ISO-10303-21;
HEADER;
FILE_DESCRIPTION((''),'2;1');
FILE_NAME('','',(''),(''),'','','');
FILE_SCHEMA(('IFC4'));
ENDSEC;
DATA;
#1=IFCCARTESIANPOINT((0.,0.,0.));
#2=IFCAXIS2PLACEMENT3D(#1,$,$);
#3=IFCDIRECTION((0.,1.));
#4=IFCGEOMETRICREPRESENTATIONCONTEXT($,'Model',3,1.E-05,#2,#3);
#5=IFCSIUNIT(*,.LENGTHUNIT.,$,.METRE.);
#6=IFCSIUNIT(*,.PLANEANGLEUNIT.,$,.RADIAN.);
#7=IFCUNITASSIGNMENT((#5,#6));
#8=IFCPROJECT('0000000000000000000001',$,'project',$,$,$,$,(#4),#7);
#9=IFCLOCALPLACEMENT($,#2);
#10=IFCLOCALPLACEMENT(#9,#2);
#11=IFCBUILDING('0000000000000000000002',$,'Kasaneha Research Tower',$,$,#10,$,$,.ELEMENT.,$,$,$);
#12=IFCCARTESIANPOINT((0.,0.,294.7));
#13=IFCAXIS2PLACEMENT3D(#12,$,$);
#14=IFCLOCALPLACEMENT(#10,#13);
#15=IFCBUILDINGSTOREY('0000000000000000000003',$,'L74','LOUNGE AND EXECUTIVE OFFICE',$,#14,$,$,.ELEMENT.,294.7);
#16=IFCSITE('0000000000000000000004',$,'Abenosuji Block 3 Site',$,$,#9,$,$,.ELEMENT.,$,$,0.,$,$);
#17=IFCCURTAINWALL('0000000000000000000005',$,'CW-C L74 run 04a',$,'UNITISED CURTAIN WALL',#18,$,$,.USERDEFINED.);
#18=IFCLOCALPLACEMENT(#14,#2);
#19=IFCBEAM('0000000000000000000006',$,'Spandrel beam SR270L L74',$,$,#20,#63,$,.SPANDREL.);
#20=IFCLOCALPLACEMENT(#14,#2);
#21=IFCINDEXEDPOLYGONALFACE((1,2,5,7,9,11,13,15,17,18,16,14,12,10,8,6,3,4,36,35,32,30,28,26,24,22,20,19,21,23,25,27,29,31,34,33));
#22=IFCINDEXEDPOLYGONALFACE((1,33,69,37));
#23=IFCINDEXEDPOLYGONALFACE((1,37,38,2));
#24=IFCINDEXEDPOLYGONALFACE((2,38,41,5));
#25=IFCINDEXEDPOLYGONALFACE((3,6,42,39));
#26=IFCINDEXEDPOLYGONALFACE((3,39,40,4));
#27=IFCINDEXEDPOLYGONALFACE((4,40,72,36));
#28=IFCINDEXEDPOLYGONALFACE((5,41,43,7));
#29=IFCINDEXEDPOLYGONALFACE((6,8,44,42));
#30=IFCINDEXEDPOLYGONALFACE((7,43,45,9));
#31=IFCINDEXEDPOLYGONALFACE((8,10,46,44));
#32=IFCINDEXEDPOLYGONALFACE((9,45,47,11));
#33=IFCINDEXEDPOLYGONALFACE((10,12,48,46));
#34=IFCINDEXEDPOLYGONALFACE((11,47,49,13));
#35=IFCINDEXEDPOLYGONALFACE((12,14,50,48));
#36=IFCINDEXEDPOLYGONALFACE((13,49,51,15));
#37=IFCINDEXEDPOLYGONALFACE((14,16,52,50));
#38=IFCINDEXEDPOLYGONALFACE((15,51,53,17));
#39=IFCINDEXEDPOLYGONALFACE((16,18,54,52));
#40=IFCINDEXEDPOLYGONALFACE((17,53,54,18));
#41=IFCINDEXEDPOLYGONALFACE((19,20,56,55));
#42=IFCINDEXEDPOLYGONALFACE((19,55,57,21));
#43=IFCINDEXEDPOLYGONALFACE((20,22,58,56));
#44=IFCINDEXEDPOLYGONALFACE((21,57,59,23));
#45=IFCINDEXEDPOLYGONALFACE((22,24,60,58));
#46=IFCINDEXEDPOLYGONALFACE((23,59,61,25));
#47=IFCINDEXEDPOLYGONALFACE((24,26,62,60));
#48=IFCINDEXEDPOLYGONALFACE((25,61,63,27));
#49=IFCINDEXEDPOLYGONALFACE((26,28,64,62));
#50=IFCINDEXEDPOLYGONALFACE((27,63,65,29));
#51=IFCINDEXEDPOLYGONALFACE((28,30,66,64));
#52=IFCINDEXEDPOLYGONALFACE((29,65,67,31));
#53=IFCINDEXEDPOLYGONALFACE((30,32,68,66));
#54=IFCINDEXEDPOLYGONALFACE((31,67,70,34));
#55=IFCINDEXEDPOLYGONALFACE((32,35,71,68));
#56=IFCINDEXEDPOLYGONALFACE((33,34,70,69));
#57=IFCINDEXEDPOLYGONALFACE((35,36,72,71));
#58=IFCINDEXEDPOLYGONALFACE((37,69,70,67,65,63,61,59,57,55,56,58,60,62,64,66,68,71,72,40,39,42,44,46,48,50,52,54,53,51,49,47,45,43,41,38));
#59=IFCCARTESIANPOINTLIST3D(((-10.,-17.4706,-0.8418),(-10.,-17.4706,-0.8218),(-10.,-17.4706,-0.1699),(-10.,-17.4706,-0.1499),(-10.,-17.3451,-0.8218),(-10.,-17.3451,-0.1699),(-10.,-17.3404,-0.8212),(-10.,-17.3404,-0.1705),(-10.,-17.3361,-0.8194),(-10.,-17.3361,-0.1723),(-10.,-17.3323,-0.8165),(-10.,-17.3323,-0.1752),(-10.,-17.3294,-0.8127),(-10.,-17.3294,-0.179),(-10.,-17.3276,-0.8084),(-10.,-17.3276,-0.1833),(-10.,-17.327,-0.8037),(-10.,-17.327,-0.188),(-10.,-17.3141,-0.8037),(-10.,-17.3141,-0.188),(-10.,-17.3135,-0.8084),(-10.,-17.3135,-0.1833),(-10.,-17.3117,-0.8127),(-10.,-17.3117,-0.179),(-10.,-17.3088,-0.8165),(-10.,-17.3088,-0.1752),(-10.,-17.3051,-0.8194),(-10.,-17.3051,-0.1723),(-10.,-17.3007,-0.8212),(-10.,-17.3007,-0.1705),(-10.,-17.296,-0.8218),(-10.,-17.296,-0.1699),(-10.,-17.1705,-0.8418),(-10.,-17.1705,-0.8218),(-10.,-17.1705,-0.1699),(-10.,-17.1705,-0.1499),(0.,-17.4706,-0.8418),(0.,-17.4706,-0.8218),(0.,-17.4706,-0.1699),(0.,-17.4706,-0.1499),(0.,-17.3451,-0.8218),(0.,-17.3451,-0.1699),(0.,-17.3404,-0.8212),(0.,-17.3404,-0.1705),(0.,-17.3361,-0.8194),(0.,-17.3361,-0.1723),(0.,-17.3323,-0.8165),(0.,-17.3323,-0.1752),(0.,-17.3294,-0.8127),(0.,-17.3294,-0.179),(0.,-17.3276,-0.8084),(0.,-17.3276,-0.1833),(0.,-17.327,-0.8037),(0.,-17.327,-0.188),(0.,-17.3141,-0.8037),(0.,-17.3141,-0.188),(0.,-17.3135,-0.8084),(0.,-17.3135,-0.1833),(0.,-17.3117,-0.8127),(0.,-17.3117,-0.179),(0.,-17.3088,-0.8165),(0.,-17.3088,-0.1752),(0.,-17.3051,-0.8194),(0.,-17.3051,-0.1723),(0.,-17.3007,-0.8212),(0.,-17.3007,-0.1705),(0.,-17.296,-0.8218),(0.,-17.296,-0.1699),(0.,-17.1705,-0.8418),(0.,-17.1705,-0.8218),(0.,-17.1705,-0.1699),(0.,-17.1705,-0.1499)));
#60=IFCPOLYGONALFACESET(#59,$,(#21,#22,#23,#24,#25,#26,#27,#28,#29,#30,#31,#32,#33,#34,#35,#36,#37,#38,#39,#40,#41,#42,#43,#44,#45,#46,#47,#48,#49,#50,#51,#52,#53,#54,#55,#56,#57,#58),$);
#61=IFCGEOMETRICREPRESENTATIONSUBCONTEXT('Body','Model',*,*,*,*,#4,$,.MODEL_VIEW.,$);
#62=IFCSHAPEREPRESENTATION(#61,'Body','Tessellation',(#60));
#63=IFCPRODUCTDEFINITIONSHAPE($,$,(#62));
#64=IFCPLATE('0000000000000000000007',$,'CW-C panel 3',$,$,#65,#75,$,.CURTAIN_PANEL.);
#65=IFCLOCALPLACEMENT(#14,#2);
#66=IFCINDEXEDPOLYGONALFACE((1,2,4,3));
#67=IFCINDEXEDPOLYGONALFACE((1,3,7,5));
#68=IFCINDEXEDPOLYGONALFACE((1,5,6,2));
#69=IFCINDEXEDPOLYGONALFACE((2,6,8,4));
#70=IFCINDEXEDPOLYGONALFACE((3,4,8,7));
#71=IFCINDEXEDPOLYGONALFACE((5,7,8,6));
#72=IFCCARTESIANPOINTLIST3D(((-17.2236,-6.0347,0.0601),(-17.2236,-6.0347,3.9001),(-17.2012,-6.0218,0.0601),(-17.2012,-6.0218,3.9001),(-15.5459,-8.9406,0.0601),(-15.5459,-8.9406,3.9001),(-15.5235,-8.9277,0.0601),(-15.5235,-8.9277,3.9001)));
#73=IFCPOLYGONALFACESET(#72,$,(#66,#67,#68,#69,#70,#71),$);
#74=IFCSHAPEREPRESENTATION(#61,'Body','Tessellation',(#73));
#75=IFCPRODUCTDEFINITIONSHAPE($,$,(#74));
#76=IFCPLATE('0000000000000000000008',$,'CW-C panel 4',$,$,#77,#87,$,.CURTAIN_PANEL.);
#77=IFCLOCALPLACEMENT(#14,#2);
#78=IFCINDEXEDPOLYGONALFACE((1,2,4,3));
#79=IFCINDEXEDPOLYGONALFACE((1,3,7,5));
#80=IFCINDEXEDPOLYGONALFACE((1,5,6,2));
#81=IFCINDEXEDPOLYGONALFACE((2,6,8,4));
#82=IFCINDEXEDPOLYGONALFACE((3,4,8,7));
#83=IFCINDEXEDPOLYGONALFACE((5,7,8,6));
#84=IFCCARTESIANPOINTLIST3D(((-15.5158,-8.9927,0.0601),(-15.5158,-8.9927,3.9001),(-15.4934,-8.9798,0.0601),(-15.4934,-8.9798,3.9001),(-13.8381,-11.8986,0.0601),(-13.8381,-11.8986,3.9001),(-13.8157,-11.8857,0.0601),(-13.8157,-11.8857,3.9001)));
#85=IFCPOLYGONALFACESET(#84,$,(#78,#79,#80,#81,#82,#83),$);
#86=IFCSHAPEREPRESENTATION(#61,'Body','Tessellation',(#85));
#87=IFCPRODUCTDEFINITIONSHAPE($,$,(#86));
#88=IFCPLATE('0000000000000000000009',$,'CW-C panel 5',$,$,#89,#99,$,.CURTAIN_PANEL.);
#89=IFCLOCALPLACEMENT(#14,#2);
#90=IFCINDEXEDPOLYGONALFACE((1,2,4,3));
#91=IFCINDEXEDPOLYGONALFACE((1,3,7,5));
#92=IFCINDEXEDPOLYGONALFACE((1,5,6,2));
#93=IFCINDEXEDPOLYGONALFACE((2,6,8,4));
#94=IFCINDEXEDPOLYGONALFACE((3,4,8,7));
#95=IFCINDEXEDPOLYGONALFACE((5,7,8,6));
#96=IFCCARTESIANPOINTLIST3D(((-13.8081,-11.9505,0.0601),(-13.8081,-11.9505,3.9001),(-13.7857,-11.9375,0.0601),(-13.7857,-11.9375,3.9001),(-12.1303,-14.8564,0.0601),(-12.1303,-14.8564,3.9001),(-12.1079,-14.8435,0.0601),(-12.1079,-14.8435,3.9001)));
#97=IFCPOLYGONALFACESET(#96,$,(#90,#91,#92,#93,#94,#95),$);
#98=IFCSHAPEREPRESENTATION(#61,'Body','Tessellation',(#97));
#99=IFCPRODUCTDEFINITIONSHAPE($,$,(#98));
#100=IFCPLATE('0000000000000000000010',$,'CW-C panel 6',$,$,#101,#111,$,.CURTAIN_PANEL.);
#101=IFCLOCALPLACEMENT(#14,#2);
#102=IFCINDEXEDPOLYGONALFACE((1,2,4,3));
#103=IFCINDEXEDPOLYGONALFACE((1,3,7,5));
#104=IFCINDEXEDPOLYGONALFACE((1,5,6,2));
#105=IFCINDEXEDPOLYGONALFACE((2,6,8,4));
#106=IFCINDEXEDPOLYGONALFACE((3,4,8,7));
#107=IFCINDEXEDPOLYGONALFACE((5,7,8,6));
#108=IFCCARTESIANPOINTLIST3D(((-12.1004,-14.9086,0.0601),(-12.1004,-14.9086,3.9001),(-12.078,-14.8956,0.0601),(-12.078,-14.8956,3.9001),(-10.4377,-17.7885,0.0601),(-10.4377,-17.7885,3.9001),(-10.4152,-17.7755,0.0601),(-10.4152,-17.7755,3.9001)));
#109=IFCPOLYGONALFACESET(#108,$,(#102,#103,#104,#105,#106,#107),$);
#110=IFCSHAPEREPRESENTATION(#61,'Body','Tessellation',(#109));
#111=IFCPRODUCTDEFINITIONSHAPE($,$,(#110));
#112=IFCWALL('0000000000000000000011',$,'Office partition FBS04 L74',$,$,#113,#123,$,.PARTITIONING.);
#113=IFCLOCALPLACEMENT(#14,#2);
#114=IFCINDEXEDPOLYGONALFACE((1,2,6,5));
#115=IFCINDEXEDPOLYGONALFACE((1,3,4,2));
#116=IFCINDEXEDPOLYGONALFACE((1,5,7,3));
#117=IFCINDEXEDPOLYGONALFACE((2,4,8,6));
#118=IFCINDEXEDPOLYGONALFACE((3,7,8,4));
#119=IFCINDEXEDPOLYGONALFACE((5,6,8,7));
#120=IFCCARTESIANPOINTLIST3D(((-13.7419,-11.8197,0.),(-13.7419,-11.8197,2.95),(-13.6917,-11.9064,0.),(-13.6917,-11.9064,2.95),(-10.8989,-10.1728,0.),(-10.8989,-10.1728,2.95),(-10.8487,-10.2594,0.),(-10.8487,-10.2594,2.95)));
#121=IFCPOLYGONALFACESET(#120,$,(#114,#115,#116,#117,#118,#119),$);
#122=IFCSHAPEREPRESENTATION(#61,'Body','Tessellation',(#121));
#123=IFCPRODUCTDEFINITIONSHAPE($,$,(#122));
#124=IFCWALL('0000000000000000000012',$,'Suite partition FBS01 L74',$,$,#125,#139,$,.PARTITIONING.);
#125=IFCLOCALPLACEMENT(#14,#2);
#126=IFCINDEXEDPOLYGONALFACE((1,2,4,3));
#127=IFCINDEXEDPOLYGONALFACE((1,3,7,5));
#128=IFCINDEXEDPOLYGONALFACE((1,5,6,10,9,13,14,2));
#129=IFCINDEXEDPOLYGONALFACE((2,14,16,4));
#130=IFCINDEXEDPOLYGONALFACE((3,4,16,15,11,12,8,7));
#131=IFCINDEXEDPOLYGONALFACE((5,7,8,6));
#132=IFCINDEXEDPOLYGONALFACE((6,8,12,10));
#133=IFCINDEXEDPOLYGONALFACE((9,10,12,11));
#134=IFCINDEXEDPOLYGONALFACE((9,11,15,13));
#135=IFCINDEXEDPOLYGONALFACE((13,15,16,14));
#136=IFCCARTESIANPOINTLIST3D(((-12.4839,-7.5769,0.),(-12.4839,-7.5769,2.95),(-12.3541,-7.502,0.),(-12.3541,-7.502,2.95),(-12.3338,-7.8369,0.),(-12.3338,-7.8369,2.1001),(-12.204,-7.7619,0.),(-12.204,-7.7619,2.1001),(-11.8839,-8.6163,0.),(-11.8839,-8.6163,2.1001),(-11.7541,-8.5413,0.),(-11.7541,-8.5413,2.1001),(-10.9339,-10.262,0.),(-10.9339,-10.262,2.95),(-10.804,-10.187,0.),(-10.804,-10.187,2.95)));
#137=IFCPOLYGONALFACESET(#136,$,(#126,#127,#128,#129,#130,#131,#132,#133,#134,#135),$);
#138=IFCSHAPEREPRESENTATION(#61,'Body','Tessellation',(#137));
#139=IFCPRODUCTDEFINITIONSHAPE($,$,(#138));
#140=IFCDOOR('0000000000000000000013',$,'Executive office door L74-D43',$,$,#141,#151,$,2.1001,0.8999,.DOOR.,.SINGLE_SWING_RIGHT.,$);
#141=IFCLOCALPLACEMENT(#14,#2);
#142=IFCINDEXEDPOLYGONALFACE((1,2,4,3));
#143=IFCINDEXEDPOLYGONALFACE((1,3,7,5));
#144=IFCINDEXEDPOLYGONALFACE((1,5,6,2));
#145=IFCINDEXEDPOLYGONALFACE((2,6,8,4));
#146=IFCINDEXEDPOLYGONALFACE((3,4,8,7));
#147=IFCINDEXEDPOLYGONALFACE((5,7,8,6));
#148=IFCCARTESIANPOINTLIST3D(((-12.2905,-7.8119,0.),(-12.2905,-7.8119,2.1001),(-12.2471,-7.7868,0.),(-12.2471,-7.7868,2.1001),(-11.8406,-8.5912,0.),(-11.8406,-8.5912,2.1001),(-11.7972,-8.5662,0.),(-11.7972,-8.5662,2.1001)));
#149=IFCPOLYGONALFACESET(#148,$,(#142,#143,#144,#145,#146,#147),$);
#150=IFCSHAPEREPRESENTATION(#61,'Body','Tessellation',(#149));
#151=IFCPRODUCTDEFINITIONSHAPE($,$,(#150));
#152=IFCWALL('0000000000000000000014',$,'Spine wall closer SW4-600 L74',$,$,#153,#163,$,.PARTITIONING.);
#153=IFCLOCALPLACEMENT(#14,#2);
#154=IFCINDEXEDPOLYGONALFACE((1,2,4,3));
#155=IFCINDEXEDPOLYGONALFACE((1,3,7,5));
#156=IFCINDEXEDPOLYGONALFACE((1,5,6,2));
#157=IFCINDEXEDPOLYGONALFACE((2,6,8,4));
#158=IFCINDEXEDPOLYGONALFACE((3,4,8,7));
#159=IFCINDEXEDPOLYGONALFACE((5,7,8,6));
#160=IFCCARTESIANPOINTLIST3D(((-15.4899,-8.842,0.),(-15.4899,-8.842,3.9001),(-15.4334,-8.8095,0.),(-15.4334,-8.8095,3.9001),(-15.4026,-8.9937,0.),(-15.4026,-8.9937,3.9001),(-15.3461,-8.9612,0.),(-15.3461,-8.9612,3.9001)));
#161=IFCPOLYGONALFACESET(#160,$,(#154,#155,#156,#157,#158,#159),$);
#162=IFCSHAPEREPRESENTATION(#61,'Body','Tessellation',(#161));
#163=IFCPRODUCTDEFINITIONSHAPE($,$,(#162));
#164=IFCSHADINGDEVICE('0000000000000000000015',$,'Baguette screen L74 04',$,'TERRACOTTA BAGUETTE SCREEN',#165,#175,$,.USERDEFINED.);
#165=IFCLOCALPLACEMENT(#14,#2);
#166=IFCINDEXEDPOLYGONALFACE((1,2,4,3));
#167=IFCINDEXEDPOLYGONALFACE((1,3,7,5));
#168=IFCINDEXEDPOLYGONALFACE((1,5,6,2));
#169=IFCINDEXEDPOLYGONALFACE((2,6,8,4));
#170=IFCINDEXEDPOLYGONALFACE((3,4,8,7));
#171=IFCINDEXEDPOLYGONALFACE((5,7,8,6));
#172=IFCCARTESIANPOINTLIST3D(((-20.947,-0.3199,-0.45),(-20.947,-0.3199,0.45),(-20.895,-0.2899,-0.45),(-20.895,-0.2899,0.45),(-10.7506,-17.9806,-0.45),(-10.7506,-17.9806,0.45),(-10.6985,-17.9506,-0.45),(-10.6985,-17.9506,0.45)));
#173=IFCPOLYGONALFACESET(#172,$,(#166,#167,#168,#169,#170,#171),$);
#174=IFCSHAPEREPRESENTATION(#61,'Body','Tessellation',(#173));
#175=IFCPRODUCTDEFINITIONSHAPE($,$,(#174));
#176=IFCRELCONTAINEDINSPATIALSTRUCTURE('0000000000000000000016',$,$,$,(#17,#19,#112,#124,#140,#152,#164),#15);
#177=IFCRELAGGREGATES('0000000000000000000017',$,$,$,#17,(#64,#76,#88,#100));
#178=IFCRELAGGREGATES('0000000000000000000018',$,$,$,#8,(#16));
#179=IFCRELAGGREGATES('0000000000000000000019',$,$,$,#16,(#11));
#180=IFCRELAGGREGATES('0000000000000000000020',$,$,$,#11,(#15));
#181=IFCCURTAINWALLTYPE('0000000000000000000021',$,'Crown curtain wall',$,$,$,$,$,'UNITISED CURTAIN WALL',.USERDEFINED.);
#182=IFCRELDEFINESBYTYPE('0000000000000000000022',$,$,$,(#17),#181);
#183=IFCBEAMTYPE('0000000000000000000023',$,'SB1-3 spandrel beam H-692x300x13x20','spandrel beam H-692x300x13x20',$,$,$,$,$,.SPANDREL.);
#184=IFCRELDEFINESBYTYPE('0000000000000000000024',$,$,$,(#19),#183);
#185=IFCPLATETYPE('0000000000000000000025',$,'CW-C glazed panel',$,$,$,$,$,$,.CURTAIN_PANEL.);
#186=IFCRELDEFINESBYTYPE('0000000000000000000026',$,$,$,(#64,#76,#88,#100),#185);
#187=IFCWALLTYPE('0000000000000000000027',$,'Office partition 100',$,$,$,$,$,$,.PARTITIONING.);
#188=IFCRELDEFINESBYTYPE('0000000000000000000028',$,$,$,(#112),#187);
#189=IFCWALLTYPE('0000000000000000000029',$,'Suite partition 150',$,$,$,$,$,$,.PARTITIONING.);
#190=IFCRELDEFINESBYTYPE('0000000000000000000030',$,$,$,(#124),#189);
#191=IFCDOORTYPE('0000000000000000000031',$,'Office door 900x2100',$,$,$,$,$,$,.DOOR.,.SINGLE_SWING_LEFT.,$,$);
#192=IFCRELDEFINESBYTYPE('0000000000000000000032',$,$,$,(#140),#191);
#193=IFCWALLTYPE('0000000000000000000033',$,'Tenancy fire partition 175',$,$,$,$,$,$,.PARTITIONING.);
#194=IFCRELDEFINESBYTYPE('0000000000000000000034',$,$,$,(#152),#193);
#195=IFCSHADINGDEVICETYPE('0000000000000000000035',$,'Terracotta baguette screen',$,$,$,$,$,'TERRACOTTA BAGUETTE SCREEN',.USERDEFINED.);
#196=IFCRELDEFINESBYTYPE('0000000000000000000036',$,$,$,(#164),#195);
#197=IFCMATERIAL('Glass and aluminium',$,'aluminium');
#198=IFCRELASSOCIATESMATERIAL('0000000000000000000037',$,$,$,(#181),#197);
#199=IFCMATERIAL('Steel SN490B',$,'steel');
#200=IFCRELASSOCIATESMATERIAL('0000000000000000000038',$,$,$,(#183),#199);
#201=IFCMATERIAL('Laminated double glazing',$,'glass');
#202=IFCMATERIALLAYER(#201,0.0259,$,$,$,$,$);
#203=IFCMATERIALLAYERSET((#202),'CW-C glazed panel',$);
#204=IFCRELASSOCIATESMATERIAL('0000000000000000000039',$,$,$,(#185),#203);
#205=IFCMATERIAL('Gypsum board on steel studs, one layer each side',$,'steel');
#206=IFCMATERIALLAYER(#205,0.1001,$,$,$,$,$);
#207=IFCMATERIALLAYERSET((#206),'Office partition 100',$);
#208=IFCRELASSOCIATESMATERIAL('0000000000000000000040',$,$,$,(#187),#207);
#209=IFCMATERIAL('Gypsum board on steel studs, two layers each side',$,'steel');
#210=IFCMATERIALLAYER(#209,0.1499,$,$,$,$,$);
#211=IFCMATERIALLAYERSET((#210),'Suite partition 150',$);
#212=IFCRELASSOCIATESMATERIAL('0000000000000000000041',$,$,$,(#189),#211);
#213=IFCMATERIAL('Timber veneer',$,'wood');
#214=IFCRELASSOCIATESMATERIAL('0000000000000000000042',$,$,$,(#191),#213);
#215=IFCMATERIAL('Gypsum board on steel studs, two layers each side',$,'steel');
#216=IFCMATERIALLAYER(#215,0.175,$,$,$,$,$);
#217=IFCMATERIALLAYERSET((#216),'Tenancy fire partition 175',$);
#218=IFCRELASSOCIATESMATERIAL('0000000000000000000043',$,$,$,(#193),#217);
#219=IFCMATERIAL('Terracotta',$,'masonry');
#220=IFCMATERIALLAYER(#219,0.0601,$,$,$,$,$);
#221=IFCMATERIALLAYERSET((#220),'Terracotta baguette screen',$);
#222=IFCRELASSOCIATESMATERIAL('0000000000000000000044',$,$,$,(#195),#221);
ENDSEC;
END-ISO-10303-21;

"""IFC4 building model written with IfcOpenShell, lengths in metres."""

from ifc_helpers import new_model, si_unit, direction, frame, frame_2d, origin, origin_2d, place, context, subcontext, project, spatial, rectangle, i_section, extrude, material, layer, layer_set, material_profile, profile_set, type_object, element, fill, aggregate, save


model = new_model("IFC4")

# Units and contexts
model_context = context("Model", 3, precision=1e-05, world=origin(), true_north=direction((0.0, 1.0)))
body_context = subcontext(model_context, "Body", "Model", "MODEL_VIEW")
ifc_project = project(units=[si_unit("LENGTHUNIT", "METRE"), si_unit("PLANEANGLEUNIT", "RADIAN")], contexts=[model_context])

# Site, building, storey
site_placement = place(None, origin())
site = spatial("IfcSite", under=ifc_project, at=site_placement, Name="Abenosuji Block 3 Site", CompositionType="ELEMENT", RefElevation=0.0)
building_placement = place(site_placement, origin())
building = spatial("IfcBuilding", under=site, at=building_placement, Name="Kasaneha Research Tower", CompositionType="ELEMENT")
storey_placement = place(building_placement, frame((0.0, 0.0, 294.7)))
storey = spatial("IfcBuildingStorey", under=building, at=storey_placement, Name="L74", Description="LOUNGE AND EXECUTIVE OFFICE", CompositionType="ELEMENT", Elevation=294.7)

# Curtain wall
ifc_material_1 = material(Name="Glass and aluminium", Category="aluminium")
curtain_wall_type = type_object("IfcCurtainWallType", Name="Crown curtain wall", ElementType="UNITISED CURTAIN WALL", PredefinedType="USERDEFINED", material=ifc_material_1)
curtain_wall_1_placement = place(storey_placement, origin())
curtain_wall_1 = element("IfcCurtainWall", 1, at=curtain_wall_1_placement, inside=storey, type_object=curtain_wall_type, Name="CW-C L74 run 04a", ObjectType="UNITISED CURTAIN WALL", PredefinedType="USERDEFINED")

# Beam
ifc_material_2 = material(Name="Steel SN490B", Category="steel")
ifc_material_profile_1 = material_profile(ifc_material_2, i_section(OverallWidth=0.3, OverallDepth=0.6919, WebThickness=0.0129, FlangeThickness=0.02, FilletRadius=0.0181, at=origin_2d()), Name="H-692x300x13x20")
ifc_profile_set_1 = profile_set([ifc_material_profile_1], Name="Steel SN490B")
beam_type_1 = type_object("IfcBeamType", Name="SB1-3 spandrel beam H-692x300x13x20", Description="spandrel beam H-692x300x13x20", PredefinedType="SPANDREL", material=ifc_profile_set_1)
beam_1_placement = place(storey_placement, frame((-10.0, -17.3206, -0.4958), z_axis=(1.0, 0.0, 0.0), x_axis=(0.0, 1.0, 0.0)))
element("IfcBeam", 2, at=beam_1_placement, inside=storey, type_object=beam_type_1, Name="Spandrel beam SR270L L74", PredefinedType="SPANDREL", context=body_context, shape_type="SweptSolid", body=[
    extrude(i_section(OverallWidth=0.3, OverallDepth=0.6919, WebThickness=0.0129, FlangeThickness=0.02, FilletRadius=0.0181, at=origin_2d()), origin(), (0.0, 0.0, 1.0), 10.0),
])

# Plates
ifc_material_3 = material(Name="Laminated double glazing", Category="glass")
ifc_layer_1 = layer(ifc_material_3, 0.0259)
ifc_layer_set_1 = layer_set([ifc_layer_1], Name="CW-C glazed panel")
plate_type = type_object("IfcPlateType", Name="CW-C glazed panel", PredefinedType="CURTAIN_PANEL", material=ifc_layer_set_1)
plate_1_placement = place(storey_placement, frame((-16.3735, -7.4812, 0.0601), z_axis=(0.0, 0.0, 1.0), x_axis=(0.5, -0.866025, 0.0)))
plate_1 = element("IfcPlate", 3, at=plate_1_placement, type_object=plate_type, Name="CW-C panel 3", PredefinedType="CURTAIN_PANEL", context=body_context, shape_type="SweptSolid", body=[
    extrude(rectangle(XDim=3.3555, YDim=0.0259, at=origin_2d()), origin(), (0.0, 0.0, 1.0), 3.8401),
])
plate_2_placement = place(storey_placement, frame((-14.6658, -10.4392, 0.0601), z_axis=(0.0, 0.0, 1.0), x_axis=(0.5, -0.866025, 0.0)))
plate_2 = element("IfcPlate", 4, at=plate_2_placement, type_object=plate_type, Name="CW-C panel 4", PredefinedType="CURTAIN_PANEL", context=body_context, shape_type="SweptSolid", body=[
    extrude(rectangle(XDim=3.3555, YDim=0.0259, at=origin_2d()), origin(), (0.0, 0.0, 1.0), 3.8401),
])
plate_3_placement = place(storey_placement, frame((-12.958, -13.397, 0.0601), z_axis=(0.0, 0.0, 1.0), x_axis=(0.5, -0.866025, 0.0)))
plate_3 = element("IfcPlate", 5, at=plate_3_placement, type_object=plate_type, Name="CW-C panel 5", PredefinedType="CURTAIN_PANEL", context=body_context, shape_type="SweptSolid", body=[
    extrude(rectangle(XDim=3.3555, YDim=0.0259, at=origin_2d()), origin(), (0.0, 0.0, 1.0), 3.8401),
])
plate_4_placement = place(storey_placement, frame((-11.2578, -16.342, 0.0601), z_axis=(0.0, 0.0, 1.0), x_axis=(0.5, -0.866025, 0.0)))
plate_4 = element("IfcPlate", 6, at=plate_4_placement, type_object=plate_type, Name="CW-C panel 6", PredefinedType="CURTAIN_PANEL", context=body_context, shape_type="SweptSolid", body=[
    extrude(rectangle(XDim=3.3254, YDim=0.0259, at=origin_2d()), origin(), (0.0, 0.0, 1.0), 3.8401),
])
aggregate(curtain_wall_1, [plate_1, plate_2, plate_3, plate_4])

# Wall
ifc_material_4 = material(Name="Gypsum board on steel studs, one layer each side", Category="steel")
ifc_layer_2 = layer(ifc_material_4, 0.1001)
ifc_layer_set_2 = layer_set([ifc_layer_2], Name="Office partition 100")
wall_type_1 = type_object("IfcWallType", Name="Office partition 100", PredefinedType="PARTITIONING", material=ifc_layer_set_2)
wall_1_placement = place(storey_placement, frame((-10.8738, -10.2161, 0.0), z_axis=(0.0, 0.0, 1.0), x_axis=(-0.865292, -0.501268, 0.0)))
element("IfcWall", 7, at=wall_1_placement, inside=storey, type_object=wall_type_1, Name="Office partition FBS04 L74", PredefinedType="PARTITIONING", context=body_context, shape_type="SweptSolid", body=[
    extrude(rectangle(XDim=3.2856, YDim=0.1001, at=frame_2d((1.6428, 0.0))), origin(), (0.0, 0.0, 1.0), 2.95),
])

# Wall, opening, door
ifc_material_5 = material(Name="Gypsum board on steel studs, two layers each side", Category="steel")
ifc_layer_3 = layer(ifc_material_5, 0.1499)
ifc_layer_set_3 = layer_set([ifc_layer_3], Name="Suite partition 150")
wall_type_2 = type_object("IfcWallType", Name="Suite partition 150", PredefinedType="PARTITIONING", material=ifc_layer_set_3)
wall_2_placement = place(storey_placement, frame((-10.8689, -10.2246, 0.0), z_axis=(0.0, 0.0, 1.0), x_axis=(-0.499959, 0.866049, 0.0)))
wall_2 = element("IfcWall", 8, at=wall_2_placement, inside=storey, type_object=wall_type_2, Name="Suite partition FBS01 L74", PredefinedType="PARTITIONING", context=body_context, shape_type="SweptSolid", body=[
    extrude(rectangle(XDim=3.1003, YDim=0.1499, at=frame_2d((1.5503, 0.0))), origin(), (0.0, 0.0, 1.0), 2.95),
])
opening_placement = place(wall_2_placement, frame((1.9004, 0.0, 0.0)))
opening = element("IfcOpeningElement", 9, at=opening_placement, cuts=wall_2, PredefinedType="OPENING", context=body_context, shape_type="SweptSolid", body=[
    extrude(rectangle(XDim=0.8999, YDim=2.1001, at=frame_2d((0.45, 1.05))), frame((0.0, 0.085, 0.0), z_axis=(0.0, -1.0, 0.0), x_axis=(1.0, 0.0, 0.0)), (0.0, 0.0, 1.0), 0.1699),
])
ifc_material_6 = material(Name="Timber veneer", Category="wood")
door_type = type_object("IfcDoorType", Name="Office door 900x2100", OperationType="SINGLE_SWING_LEFT", PredefinedType="DOOR", material=ifc_material_6)
door_placement = place(opening_placement, origin())
door = element("IfcDoor", 10, at=door_placement, inside=storey, type_object=door_type, Name="Executive office door L74-D43", OperationType="SINGLE_SWING_RIGHT", OverallHeight=2.1001, OverallWidth=0.8999, PredefinedType="DOOR", context=body_context, shape_type="SweptSolid", body=[
    extrude(rectangle(XDim=0.8999, YDim=2.1001, at=frame_2d((0.45, 1.05))), frame((0.0, 0.0249, 0.0), z_axis=(0.0, -1.0, 0.0), x_axis=(1.0, 0.0, 0.0)), (0.0, 0.0, 1.0), 0.05),
])
fill(opening, door)

# Wall
ifc_material_7 = material(Name="Gypsum board on steel studs, two layers each side", Category="steel")
ifc_layer_4 = layer(ifc_material_7, 0.175)
ifc_layer_set_4 = layer_set([ifc_layer_4], Name="Tenancy fire partition 175")
wall_type_3 = type_object("IfcWallType", Name="Tenancy fire partition 175", PredefinedType="PARTITIONING", material=ifc_layer_set_4)
wall_3_placement = place(storey_placement, frame((-15.3896, -8.8853, 0.0), z_axis=(0.0, 0.0, 1.0), x_axis=(-0.866622, -0.498964, 0.0)))
element("IfcWall", 11, at=wall_3_placement, inside=storey, type_object=wall_type_3, Name="Spine wall closer SW4-600 L74", PredefinedType="PARTITIONING", context=body_context, shape_type="SweptSolid", body=[
    extrude(rectangle(XDim=0.0652, YDim=0.175, at=frame_2d((0.0327, 0.0))), origin(), (0.0, 0.0, 1.0), 3.9001),
])

# Shading device
ifc_material_8 = material(Name="Terracotta", Category="masonry")
ifc_layer_5 = layer(ifc_material_8, 0.0601)
ifc_layer_set_5 = layer_set([ifc_layer_5], Name="Terracotta baguette screen")
shading_device_type = type_object("IfcShadingDeviceType", Name="Terracotta baguette screen", ElementType="TERRACOTTA BAGUETTE SCREEN", PredefinedType="USERDEFINED", material=ifc_layer_set_5)
shading_device_placement = place(storey_placement, frame((-15.8228, -9.1353, -0.45), z_axis=(0.0, 0.0, 1.0), x_axis=(0.5, -0.866025, 0.0)))
element("IfcShadingDevice", 12, at=shading_device_placement, inside=storey, type_object=shading_device_type, Name="Baguette screen L74 04", ObjectType="TERRACOTTA BAGUETTE SCREEN", PredefinedType="USERDEFINED", context=body_context, shape_type="SweptSolid", body=[
    extrude(rectangle(XDim=20.3928, YDim=0.0601, at=origin_2d()), origin(), (0.0, 0.0, 1.0), 0.8999),
])

save(model, "model.ifc")
